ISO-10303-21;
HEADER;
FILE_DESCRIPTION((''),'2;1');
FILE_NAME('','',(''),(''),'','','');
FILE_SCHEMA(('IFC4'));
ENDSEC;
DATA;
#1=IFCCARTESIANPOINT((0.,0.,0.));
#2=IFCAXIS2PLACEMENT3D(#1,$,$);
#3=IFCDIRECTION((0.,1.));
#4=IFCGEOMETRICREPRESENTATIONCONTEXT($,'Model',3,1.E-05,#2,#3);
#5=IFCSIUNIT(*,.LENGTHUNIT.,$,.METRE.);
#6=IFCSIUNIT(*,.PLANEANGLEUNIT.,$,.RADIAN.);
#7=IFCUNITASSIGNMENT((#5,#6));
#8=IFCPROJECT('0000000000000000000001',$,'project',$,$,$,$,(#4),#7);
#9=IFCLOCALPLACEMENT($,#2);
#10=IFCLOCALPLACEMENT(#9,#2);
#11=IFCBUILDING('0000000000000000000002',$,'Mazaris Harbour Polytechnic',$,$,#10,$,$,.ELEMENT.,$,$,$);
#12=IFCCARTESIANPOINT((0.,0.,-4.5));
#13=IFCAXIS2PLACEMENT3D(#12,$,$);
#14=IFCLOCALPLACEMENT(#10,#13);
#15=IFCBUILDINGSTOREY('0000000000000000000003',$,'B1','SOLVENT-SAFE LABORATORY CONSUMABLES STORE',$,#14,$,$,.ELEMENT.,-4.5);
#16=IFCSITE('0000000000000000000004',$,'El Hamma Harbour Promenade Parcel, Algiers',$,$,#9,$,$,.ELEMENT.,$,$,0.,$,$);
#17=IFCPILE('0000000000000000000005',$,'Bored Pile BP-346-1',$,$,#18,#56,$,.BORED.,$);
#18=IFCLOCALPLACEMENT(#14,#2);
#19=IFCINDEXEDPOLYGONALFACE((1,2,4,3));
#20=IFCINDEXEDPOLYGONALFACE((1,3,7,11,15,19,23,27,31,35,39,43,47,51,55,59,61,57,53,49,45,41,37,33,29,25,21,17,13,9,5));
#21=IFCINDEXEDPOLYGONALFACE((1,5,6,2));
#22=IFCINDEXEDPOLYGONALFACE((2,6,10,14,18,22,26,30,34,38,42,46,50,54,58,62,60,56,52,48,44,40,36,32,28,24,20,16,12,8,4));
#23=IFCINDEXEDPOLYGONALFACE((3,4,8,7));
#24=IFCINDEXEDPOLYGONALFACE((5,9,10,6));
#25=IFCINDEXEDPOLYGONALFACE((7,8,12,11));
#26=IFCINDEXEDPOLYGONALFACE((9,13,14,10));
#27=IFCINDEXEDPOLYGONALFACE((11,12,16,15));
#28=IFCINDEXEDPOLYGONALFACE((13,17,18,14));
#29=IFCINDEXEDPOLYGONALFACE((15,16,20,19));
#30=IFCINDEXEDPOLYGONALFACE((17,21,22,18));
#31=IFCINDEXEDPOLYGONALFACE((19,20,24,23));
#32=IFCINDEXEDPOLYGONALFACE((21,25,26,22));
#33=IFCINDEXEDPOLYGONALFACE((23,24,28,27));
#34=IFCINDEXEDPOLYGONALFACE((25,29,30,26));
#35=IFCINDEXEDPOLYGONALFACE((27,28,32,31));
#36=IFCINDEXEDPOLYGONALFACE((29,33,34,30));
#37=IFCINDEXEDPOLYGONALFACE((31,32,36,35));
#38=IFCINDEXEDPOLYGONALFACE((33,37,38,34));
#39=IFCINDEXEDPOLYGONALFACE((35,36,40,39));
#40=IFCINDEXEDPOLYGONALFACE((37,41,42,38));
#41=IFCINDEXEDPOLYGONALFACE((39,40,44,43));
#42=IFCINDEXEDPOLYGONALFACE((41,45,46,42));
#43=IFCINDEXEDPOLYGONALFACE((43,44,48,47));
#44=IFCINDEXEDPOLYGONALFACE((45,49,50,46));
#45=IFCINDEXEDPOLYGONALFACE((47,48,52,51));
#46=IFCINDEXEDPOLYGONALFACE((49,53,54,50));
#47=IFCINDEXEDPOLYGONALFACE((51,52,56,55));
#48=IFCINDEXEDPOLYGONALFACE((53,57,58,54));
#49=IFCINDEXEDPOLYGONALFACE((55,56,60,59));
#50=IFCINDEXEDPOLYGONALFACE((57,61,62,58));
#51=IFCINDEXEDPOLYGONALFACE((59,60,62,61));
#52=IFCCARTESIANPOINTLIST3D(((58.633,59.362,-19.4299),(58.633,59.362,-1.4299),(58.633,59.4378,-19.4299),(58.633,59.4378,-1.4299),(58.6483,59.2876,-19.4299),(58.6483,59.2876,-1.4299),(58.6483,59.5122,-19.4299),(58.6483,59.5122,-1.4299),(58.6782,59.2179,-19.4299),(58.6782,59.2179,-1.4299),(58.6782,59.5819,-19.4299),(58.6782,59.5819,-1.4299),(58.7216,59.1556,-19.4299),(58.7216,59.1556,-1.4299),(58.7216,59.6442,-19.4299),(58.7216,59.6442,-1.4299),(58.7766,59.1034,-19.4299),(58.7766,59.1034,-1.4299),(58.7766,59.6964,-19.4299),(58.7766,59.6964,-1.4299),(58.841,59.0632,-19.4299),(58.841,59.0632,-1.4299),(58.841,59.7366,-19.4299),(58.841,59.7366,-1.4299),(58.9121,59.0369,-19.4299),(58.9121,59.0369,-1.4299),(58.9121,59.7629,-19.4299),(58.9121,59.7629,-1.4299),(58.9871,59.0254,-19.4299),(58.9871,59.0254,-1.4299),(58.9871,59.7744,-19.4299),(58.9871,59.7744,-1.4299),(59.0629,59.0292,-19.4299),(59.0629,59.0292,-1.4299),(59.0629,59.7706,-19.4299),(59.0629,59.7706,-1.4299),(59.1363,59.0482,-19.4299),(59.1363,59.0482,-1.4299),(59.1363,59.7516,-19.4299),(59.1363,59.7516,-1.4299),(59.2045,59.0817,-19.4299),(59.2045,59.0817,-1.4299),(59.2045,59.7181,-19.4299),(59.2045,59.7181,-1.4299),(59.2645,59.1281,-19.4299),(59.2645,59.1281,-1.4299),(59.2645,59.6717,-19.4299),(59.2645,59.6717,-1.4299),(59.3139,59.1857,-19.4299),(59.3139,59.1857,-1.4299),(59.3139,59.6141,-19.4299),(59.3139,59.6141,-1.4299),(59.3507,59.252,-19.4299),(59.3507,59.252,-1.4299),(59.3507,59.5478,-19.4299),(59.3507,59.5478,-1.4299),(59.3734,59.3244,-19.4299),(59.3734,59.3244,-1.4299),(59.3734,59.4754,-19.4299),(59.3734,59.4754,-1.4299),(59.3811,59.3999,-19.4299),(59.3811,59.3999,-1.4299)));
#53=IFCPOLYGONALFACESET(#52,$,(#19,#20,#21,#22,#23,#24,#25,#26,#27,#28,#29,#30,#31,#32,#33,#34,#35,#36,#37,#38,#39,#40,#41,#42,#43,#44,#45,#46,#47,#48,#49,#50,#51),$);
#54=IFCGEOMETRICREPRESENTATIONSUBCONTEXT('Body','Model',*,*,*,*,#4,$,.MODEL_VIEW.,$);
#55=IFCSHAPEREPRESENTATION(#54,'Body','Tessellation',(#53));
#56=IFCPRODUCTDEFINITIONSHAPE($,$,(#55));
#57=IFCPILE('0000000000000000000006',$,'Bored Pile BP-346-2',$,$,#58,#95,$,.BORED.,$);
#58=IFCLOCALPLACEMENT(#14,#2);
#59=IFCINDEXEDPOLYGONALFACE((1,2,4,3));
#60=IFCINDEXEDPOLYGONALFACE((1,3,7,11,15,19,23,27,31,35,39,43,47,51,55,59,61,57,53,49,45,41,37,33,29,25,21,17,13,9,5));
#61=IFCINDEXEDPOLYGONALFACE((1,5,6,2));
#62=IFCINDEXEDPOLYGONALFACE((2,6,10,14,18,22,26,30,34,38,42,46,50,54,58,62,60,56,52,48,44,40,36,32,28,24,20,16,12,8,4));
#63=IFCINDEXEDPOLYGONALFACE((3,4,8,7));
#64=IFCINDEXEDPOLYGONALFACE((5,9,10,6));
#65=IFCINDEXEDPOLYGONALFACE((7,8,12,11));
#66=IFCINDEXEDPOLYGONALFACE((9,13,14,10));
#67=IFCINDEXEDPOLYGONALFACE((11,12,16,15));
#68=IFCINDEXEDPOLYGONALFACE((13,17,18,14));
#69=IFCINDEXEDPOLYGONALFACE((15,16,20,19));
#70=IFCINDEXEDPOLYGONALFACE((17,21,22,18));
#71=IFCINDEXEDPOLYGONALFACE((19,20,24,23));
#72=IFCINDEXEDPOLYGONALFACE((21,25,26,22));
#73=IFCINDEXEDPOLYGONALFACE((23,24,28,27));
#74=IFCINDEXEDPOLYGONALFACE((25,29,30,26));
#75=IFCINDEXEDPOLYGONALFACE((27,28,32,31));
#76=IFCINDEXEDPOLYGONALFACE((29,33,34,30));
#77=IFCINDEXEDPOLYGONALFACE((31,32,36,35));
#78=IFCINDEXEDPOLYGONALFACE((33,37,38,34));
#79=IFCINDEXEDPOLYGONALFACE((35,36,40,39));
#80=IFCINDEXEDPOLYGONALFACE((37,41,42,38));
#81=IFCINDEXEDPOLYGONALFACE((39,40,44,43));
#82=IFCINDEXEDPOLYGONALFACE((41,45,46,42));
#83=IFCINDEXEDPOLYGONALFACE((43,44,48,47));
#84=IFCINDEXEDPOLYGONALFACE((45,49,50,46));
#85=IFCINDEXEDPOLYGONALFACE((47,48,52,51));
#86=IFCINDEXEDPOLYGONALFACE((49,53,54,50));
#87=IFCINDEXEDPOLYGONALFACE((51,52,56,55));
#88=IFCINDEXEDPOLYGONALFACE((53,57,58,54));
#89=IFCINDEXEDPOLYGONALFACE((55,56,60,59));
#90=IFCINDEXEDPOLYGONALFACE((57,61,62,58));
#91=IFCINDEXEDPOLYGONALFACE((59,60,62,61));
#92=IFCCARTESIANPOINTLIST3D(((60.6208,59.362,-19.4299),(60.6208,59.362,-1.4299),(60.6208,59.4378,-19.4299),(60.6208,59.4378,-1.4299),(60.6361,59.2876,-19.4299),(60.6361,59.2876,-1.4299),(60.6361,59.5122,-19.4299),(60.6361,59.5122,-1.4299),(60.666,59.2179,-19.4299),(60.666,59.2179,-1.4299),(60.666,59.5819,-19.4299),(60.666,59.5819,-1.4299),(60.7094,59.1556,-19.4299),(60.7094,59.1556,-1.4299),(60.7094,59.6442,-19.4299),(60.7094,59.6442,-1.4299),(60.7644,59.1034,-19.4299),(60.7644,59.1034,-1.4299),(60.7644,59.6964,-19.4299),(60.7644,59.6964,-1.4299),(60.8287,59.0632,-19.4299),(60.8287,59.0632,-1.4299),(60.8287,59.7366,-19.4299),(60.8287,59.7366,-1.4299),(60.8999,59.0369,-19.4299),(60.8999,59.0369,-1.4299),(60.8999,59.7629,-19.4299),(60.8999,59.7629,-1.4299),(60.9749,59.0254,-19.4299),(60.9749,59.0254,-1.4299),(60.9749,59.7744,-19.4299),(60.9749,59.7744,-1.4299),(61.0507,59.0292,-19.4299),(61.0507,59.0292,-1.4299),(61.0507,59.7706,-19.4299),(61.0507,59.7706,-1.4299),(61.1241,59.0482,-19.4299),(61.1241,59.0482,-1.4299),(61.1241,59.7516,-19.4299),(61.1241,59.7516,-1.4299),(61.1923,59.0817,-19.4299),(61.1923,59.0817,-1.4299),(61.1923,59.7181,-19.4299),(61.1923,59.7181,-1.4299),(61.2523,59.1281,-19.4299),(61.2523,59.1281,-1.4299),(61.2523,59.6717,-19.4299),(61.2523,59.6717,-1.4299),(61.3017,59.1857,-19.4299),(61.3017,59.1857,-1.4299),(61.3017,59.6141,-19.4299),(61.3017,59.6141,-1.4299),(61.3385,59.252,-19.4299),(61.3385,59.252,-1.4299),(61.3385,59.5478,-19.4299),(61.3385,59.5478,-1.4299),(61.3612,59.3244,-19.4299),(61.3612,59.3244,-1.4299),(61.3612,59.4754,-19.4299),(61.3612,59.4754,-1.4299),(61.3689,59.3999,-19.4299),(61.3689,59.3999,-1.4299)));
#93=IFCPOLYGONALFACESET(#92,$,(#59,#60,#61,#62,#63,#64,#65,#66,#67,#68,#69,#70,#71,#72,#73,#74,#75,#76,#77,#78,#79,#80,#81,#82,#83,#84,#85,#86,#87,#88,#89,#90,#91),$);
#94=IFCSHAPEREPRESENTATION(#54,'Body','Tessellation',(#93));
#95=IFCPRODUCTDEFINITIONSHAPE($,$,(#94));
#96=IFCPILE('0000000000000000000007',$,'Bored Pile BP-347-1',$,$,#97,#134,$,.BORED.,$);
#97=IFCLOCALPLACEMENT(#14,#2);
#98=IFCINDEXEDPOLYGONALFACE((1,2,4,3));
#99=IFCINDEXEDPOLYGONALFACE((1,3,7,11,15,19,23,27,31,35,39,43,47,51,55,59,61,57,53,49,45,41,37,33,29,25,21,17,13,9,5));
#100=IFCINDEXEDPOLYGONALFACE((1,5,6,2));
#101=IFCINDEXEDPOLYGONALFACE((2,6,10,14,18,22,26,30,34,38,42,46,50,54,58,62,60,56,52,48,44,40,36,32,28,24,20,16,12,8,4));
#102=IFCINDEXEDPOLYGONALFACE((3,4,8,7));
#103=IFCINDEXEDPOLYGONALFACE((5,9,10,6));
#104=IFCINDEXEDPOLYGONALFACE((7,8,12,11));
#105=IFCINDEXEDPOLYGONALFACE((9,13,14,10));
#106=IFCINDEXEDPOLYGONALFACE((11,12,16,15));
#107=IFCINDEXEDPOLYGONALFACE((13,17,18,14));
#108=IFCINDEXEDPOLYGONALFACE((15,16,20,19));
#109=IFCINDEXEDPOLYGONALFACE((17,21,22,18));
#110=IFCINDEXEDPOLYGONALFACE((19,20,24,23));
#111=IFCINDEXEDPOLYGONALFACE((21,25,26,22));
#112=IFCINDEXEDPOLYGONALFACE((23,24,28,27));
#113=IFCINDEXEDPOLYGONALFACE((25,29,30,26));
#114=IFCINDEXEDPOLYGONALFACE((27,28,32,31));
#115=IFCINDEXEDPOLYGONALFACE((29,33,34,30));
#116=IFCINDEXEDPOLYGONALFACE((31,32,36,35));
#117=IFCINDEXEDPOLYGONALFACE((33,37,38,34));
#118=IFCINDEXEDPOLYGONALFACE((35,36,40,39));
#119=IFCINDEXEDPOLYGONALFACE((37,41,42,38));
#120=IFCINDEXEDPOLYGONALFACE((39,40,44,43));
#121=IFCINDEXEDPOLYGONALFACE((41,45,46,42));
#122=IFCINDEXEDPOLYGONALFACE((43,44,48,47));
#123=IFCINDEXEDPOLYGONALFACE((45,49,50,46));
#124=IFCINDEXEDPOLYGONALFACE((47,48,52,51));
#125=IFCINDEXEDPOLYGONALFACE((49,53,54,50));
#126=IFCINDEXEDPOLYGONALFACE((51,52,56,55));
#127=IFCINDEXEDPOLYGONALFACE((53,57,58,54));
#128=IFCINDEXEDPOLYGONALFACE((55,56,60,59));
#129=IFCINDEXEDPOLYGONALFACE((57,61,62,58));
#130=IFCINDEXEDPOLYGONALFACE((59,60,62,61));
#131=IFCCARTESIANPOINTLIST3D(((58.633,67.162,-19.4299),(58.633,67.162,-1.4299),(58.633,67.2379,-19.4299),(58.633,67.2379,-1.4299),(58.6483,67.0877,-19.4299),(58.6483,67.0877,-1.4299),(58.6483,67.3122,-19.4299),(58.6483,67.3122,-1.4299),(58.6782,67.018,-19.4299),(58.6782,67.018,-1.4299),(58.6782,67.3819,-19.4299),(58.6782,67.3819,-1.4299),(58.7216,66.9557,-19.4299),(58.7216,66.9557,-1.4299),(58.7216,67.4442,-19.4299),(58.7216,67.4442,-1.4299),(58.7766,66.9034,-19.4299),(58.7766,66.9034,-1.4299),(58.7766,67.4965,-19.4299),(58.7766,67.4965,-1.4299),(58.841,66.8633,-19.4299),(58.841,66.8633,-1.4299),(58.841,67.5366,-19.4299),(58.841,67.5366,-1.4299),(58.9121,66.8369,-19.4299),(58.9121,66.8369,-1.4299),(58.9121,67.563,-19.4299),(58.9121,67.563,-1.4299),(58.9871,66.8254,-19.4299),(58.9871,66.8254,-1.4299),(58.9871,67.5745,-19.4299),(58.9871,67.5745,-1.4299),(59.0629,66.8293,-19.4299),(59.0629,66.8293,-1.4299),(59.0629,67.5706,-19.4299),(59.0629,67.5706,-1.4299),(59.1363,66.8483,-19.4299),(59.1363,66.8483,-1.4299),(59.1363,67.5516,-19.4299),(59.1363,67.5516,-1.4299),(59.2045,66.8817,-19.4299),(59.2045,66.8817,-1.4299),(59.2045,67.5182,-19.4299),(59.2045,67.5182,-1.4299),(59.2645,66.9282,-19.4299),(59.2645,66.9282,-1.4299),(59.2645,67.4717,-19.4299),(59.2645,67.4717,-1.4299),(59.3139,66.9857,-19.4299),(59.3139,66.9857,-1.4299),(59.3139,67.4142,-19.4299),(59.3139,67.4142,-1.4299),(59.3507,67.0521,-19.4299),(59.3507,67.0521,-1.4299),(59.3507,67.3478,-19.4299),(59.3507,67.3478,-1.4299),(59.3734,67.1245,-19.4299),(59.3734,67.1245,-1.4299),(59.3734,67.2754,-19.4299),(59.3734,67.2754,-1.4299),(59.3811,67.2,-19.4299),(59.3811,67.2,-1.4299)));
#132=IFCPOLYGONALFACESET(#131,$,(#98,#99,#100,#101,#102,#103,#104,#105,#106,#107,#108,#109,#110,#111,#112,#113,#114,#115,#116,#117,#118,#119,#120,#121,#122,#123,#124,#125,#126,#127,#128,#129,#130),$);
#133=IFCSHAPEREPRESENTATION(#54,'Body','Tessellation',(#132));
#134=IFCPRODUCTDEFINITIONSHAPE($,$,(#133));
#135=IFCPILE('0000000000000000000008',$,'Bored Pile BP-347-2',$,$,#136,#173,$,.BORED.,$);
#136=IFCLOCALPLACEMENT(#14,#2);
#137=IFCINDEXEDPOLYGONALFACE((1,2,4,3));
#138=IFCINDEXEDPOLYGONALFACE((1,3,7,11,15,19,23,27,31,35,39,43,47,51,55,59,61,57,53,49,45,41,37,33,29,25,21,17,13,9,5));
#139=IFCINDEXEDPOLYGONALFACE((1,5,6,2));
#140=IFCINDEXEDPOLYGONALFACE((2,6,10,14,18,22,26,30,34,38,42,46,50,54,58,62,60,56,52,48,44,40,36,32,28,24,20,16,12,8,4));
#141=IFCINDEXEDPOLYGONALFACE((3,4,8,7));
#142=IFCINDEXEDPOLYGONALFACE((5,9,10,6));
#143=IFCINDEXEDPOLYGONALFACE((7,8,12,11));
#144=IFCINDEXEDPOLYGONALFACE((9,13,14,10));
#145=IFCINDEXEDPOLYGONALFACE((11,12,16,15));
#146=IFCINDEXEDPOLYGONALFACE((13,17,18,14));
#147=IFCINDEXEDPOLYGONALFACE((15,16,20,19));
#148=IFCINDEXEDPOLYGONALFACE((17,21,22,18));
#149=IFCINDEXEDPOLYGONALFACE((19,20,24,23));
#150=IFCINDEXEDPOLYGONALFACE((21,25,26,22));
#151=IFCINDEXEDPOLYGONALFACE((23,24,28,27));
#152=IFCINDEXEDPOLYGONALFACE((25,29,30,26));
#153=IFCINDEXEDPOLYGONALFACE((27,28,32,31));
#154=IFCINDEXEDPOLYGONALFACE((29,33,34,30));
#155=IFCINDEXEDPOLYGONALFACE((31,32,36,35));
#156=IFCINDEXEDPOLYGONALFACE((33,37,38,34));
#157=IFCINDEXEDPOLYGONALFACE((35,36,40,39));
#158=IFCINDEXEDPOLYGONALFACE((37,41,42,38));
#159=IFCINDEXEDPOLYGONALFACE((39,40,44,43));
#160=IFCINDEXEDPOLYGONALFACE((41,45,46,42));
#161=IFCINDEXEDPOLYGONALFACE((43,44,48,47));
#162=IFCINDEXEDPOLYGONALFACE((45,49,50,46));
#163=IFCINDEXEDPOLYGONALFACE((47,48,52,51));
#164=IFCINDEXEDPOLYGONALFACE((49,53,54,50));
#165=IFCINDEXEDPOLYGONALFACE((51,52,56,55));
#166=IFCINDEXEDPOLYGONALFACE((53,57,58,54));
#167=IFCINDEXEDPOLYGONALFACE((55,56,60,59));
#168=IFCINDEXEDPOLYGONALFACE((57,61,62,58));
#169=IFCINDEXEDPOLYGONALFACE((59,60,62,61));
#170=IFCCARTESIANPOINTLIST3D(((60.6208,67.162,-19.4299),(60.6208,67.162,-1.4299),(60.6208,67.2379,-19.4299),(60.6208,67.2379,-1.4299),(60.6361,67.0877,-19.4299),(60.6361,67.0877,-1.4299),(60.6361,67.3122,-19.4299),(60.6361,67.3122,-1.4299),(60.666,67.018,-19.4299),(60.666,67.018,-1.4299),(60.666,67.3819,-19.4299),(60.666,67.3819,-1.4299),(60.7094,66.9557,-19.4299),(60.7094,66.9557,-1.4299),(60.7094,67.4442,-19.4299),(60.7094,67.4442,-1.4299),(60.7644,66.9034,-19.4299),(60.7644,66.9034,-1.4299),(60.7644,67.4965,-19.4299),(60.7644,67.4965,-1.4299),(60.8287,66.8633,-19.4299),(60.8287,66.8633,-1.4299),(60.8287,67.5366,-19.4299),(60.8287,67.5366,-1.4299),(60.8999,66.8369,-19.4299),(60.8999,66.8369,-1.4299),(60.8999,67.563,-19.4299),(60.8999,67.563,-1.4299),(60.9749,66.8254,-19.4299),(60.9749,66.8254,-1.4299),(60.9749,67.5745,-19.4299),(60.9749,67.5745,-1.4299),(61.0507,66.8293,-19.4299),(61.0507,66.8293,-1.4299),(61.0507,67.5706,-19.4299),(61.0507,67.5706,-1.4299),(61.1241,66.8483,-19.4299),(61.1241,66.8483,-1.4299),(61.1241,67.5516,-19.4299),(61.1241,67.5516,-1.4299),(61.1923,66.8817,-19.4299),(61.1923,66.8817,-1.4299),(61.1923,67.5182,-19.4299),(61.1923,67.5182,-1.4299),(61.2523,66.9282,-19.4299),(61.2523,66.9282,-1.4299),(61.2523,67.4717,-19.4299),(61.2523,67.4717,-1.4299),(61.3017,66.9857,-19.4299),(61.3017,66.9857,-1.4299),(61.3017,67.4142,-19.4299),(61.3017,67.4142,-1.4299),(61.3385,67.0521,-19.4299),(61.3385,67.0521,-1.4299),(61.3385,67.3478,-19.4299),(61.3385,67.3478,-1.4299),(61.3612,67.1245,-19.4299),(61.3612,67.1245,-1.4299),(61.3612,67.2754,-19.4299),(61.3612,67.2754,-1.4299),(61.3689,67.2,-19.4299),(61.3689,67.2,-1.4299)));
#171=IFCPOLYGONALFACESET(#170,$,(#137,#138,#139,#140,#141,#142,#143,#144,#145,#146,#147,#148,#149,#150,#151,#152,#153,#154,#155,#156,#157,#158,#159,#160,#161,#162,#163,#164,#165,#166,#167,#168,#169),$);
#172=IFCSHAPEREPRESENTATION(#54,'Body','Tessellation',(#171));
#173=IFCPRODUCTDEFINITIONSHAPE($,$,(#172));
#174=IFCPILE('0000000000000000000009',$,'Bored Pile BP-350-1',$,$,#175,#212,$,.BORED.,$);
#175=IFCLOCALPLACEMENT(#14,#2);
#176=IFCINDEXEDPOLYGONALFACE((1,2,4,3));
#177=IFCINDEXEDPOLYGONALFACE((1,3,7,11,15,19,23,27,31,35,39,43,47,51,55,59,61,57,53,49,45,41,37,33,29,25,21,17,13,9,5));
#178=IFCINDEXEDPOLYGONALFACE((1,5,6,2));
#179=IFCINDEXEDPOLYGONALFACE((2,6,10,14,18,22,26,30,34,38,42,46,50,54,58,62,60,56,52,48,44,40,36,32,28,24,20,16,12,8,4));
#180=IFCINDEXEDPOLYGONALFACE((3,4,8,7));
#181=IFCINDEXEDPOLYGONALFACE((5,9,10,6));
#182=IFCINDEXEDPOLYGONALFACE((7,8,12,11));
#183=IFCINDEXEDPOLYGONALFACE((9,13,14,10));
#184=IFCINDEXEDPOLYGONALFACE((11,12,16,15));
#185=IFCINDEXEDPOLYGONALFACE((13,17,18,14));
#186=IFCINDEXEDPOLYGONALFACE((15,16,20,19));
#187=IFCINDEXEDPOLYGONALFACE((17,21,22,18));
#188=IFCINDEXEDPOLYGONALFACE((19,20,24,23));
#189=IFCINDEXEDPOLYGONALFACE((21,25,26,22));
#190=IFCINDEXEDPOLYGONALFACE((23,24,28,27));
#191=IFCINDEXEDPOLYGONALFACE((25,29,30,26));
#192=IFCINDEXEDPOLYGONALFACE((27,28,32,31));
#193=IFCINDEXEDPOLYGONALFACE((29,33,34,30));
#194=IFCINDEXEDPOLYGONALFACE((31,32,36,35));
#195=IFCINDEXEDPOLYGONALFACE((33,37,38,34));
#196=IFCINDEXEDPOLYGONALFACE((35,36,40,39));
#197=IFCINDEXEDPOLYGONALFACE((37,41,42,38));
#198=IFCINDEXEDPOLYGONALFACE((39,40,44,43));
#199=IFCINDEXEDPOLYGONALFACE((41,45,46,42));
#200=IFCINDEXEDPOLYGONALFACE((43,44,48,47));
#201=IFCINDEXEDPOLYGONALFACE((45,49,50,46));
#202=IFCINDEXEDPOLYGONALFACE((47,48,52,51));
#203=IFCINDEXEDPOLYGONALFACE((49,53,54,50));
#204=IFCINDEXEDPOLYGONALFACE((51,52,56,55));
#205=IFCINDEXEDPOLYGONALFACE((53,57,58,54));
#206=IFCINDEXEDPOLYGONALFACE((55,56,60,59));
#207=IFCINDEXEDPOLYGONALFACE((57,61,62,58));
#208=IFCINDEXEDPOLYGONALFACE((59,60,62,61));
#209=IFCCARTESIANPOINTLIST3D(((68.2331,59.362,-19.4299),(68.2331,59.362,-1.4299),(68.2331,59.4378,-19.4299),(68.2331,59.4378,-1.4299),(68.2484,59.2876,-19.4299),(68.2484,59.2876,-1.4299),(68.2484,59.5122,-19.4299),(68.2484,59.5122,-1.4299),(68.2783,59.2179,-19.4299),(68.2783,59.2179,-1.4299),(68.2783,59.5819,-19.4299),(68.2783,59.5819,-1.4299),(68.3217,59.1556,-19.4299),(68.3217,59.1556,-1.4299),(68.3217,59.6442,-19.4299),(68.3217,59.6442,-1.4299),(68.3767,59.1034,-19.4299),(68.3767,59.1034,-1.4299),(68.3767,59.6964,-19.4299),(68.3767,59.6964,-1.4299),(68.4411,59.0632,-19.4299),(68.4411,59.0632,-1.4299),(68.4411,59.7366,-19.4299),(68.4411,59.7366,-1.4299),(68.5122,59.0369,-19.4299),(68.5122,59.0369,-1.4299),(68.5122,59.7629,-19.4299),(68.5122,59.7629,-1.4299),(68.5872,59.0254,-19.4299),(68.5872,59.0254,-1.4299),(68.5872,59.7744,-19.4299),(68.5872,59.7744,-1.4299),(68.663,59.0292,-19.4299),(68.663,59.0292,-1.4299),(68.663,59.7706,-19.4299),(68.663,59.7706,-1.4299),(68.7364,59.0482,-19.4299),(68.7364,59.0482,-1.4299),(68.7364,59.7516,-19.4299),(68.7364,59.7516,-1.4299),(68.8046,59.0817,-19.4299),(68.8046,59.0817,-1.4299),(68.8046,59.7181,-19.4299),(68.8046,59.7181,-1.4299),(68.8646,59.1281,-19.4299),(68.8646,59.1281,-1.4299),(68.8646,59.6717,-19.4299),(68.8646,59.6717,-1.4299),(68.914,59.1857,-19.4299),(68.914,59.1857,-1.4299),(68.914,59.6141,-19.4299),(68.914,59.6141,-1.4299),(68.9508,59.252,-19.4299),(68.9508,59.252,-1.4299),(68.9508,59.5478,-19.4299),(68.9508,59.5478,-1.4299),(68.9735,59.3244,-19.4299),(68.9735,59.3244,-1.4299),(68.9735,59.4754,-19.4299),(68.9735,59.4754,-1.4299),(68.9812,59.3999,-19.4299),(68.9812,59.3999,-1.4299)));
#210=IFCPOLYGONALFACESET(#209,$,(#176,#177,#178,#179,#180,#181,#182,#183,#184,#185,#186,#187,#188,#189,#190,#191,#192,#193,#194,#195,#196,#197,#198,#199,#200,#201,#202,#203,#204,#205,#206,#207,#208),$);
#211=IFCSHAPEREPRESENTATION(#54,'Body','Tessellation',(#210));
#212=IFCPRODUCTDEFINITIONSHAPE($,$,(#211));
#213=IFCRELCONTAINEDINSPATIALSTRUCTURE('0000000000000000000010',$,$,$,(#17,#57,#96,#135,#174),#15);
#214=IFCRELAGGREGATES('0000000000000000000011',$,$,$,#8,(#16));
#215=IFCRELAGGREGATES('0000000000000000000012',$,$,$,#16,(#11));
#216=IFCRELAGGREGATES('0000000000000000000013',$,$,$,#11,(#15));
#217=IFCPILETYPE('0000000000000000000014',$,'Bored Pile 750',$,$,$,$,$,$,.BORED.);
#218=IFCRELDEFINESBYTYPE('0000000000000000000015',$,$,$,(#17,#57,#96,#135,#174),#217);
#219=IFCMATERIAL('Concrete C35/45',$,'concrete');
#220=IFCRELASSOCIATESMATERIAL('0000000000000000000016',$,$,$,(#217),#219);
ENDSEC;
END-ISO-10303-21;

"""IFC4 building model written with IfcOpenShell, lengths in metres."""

from ifc_helpers import new_model, si_unit, direction, frame, origin, origin_2d, place, context, subcontext, project, spatial, circle, extrude, material, material_profile, profile_set, type_object, element, save


model = new_model("IFC4")

# Units and contexts
model_context = context("Model", 3, precision=1e-05, world=origin(), true_north=direction((0.0, 1.0)))
body_context = subcontext(model_context, "Body", "Model", "MODEL_VIEW")
ifc_project = project(units=[si_unit("LENGTHUNIT", "METRE"), si_unit("PLANEANGLEUNIT", "RADIAN")], contexts=[model_context])

# Site, building, storey
site_placement = place(None, origin())
site = spatial("IfcSite", under=ifc_project, at=site_placement, Name="El Hamma Harbour Promenade Parcel, Algiers", CompositionType="ELEMENT", RefElevation=0.0)
building_placement = place(site_placement, origin())
building = spatial("IfcBuilding", under=site, at=building_placement, Name="Mazaris Harbour Polytechnic", CompositionType="ELEMENT")
storey_placement = place(building_placement, frame((0.0, 0.0, -4.5)))
storey = spatial("IfcBuildingStorey", under=building, at=storey_placement, Name="B1", Description="SOLVENT-SAFE LABORATORY CONSUMABLES STORE", CompositionType="ELEMENT", Elevation=-4.5)

# Piles
ifc_material_1 = material(Name="Concrete C35/45", Category="concrete")
ifc_material_profile_1 = material_profile(ifc_material_1, circle(Radius=0.375, at=origin_2d()), Name="DIA750")
ifc_profile_set_1 = profile_set([ifc_material_profile_1], Name="Concrete C35/45")
pile_type_1 = type_object("IfcPileType", Name="Bored Pile 750", PredefinedType="BORED", material=ifc_profile_set_1)
for number, where, z_axis, x_axis, name in (
    (1, (59.0061, 59.3999, -1.4299), (0.0, 0.0, -1.0), (1.0, 0.0, 0.0), "Bored Pile BP-346-1"),
    (2, (60.9939, 59.3999, -1.4299), (0.0, 0.0, -1.0), (1.0, 0.0, 0.0), "Bored Pile BP-346-2"),
    (3, (59.0061, 67.2, -1.4299), (0.0, 0.0, -1.0), (1.0, 0.0, 0.0), "Bored Pile BP-347-1"),
    (4, (60.9939, 67.2, -1.4299), (0.0, 0.0, -1.0), (1.0, 0.0, 0.0), "Bored Pile BP-347-2"),
    (5, (68.6062, 59.3999, -1.4299), (0.0, 0.0, -1.0), (1.0, 0.0, 0.0), "Bored Pile BP-350-1"),
):
    element("IfcPile", number, at=place(storey_placement, frame(where, z_axis=z_axis, x_axis=x_axis)), inside=storey, type_object=pile_type_1, Name=name, PredefinedType="BORED", context=body_context, shape_type="SweptSolid", body=[
        extrude(circle(Radius=0.375, at=origin_2d()), origin(), (0.0, 0.0, 1.0), 18.0),
    ])

save(model, "model.ifc")
